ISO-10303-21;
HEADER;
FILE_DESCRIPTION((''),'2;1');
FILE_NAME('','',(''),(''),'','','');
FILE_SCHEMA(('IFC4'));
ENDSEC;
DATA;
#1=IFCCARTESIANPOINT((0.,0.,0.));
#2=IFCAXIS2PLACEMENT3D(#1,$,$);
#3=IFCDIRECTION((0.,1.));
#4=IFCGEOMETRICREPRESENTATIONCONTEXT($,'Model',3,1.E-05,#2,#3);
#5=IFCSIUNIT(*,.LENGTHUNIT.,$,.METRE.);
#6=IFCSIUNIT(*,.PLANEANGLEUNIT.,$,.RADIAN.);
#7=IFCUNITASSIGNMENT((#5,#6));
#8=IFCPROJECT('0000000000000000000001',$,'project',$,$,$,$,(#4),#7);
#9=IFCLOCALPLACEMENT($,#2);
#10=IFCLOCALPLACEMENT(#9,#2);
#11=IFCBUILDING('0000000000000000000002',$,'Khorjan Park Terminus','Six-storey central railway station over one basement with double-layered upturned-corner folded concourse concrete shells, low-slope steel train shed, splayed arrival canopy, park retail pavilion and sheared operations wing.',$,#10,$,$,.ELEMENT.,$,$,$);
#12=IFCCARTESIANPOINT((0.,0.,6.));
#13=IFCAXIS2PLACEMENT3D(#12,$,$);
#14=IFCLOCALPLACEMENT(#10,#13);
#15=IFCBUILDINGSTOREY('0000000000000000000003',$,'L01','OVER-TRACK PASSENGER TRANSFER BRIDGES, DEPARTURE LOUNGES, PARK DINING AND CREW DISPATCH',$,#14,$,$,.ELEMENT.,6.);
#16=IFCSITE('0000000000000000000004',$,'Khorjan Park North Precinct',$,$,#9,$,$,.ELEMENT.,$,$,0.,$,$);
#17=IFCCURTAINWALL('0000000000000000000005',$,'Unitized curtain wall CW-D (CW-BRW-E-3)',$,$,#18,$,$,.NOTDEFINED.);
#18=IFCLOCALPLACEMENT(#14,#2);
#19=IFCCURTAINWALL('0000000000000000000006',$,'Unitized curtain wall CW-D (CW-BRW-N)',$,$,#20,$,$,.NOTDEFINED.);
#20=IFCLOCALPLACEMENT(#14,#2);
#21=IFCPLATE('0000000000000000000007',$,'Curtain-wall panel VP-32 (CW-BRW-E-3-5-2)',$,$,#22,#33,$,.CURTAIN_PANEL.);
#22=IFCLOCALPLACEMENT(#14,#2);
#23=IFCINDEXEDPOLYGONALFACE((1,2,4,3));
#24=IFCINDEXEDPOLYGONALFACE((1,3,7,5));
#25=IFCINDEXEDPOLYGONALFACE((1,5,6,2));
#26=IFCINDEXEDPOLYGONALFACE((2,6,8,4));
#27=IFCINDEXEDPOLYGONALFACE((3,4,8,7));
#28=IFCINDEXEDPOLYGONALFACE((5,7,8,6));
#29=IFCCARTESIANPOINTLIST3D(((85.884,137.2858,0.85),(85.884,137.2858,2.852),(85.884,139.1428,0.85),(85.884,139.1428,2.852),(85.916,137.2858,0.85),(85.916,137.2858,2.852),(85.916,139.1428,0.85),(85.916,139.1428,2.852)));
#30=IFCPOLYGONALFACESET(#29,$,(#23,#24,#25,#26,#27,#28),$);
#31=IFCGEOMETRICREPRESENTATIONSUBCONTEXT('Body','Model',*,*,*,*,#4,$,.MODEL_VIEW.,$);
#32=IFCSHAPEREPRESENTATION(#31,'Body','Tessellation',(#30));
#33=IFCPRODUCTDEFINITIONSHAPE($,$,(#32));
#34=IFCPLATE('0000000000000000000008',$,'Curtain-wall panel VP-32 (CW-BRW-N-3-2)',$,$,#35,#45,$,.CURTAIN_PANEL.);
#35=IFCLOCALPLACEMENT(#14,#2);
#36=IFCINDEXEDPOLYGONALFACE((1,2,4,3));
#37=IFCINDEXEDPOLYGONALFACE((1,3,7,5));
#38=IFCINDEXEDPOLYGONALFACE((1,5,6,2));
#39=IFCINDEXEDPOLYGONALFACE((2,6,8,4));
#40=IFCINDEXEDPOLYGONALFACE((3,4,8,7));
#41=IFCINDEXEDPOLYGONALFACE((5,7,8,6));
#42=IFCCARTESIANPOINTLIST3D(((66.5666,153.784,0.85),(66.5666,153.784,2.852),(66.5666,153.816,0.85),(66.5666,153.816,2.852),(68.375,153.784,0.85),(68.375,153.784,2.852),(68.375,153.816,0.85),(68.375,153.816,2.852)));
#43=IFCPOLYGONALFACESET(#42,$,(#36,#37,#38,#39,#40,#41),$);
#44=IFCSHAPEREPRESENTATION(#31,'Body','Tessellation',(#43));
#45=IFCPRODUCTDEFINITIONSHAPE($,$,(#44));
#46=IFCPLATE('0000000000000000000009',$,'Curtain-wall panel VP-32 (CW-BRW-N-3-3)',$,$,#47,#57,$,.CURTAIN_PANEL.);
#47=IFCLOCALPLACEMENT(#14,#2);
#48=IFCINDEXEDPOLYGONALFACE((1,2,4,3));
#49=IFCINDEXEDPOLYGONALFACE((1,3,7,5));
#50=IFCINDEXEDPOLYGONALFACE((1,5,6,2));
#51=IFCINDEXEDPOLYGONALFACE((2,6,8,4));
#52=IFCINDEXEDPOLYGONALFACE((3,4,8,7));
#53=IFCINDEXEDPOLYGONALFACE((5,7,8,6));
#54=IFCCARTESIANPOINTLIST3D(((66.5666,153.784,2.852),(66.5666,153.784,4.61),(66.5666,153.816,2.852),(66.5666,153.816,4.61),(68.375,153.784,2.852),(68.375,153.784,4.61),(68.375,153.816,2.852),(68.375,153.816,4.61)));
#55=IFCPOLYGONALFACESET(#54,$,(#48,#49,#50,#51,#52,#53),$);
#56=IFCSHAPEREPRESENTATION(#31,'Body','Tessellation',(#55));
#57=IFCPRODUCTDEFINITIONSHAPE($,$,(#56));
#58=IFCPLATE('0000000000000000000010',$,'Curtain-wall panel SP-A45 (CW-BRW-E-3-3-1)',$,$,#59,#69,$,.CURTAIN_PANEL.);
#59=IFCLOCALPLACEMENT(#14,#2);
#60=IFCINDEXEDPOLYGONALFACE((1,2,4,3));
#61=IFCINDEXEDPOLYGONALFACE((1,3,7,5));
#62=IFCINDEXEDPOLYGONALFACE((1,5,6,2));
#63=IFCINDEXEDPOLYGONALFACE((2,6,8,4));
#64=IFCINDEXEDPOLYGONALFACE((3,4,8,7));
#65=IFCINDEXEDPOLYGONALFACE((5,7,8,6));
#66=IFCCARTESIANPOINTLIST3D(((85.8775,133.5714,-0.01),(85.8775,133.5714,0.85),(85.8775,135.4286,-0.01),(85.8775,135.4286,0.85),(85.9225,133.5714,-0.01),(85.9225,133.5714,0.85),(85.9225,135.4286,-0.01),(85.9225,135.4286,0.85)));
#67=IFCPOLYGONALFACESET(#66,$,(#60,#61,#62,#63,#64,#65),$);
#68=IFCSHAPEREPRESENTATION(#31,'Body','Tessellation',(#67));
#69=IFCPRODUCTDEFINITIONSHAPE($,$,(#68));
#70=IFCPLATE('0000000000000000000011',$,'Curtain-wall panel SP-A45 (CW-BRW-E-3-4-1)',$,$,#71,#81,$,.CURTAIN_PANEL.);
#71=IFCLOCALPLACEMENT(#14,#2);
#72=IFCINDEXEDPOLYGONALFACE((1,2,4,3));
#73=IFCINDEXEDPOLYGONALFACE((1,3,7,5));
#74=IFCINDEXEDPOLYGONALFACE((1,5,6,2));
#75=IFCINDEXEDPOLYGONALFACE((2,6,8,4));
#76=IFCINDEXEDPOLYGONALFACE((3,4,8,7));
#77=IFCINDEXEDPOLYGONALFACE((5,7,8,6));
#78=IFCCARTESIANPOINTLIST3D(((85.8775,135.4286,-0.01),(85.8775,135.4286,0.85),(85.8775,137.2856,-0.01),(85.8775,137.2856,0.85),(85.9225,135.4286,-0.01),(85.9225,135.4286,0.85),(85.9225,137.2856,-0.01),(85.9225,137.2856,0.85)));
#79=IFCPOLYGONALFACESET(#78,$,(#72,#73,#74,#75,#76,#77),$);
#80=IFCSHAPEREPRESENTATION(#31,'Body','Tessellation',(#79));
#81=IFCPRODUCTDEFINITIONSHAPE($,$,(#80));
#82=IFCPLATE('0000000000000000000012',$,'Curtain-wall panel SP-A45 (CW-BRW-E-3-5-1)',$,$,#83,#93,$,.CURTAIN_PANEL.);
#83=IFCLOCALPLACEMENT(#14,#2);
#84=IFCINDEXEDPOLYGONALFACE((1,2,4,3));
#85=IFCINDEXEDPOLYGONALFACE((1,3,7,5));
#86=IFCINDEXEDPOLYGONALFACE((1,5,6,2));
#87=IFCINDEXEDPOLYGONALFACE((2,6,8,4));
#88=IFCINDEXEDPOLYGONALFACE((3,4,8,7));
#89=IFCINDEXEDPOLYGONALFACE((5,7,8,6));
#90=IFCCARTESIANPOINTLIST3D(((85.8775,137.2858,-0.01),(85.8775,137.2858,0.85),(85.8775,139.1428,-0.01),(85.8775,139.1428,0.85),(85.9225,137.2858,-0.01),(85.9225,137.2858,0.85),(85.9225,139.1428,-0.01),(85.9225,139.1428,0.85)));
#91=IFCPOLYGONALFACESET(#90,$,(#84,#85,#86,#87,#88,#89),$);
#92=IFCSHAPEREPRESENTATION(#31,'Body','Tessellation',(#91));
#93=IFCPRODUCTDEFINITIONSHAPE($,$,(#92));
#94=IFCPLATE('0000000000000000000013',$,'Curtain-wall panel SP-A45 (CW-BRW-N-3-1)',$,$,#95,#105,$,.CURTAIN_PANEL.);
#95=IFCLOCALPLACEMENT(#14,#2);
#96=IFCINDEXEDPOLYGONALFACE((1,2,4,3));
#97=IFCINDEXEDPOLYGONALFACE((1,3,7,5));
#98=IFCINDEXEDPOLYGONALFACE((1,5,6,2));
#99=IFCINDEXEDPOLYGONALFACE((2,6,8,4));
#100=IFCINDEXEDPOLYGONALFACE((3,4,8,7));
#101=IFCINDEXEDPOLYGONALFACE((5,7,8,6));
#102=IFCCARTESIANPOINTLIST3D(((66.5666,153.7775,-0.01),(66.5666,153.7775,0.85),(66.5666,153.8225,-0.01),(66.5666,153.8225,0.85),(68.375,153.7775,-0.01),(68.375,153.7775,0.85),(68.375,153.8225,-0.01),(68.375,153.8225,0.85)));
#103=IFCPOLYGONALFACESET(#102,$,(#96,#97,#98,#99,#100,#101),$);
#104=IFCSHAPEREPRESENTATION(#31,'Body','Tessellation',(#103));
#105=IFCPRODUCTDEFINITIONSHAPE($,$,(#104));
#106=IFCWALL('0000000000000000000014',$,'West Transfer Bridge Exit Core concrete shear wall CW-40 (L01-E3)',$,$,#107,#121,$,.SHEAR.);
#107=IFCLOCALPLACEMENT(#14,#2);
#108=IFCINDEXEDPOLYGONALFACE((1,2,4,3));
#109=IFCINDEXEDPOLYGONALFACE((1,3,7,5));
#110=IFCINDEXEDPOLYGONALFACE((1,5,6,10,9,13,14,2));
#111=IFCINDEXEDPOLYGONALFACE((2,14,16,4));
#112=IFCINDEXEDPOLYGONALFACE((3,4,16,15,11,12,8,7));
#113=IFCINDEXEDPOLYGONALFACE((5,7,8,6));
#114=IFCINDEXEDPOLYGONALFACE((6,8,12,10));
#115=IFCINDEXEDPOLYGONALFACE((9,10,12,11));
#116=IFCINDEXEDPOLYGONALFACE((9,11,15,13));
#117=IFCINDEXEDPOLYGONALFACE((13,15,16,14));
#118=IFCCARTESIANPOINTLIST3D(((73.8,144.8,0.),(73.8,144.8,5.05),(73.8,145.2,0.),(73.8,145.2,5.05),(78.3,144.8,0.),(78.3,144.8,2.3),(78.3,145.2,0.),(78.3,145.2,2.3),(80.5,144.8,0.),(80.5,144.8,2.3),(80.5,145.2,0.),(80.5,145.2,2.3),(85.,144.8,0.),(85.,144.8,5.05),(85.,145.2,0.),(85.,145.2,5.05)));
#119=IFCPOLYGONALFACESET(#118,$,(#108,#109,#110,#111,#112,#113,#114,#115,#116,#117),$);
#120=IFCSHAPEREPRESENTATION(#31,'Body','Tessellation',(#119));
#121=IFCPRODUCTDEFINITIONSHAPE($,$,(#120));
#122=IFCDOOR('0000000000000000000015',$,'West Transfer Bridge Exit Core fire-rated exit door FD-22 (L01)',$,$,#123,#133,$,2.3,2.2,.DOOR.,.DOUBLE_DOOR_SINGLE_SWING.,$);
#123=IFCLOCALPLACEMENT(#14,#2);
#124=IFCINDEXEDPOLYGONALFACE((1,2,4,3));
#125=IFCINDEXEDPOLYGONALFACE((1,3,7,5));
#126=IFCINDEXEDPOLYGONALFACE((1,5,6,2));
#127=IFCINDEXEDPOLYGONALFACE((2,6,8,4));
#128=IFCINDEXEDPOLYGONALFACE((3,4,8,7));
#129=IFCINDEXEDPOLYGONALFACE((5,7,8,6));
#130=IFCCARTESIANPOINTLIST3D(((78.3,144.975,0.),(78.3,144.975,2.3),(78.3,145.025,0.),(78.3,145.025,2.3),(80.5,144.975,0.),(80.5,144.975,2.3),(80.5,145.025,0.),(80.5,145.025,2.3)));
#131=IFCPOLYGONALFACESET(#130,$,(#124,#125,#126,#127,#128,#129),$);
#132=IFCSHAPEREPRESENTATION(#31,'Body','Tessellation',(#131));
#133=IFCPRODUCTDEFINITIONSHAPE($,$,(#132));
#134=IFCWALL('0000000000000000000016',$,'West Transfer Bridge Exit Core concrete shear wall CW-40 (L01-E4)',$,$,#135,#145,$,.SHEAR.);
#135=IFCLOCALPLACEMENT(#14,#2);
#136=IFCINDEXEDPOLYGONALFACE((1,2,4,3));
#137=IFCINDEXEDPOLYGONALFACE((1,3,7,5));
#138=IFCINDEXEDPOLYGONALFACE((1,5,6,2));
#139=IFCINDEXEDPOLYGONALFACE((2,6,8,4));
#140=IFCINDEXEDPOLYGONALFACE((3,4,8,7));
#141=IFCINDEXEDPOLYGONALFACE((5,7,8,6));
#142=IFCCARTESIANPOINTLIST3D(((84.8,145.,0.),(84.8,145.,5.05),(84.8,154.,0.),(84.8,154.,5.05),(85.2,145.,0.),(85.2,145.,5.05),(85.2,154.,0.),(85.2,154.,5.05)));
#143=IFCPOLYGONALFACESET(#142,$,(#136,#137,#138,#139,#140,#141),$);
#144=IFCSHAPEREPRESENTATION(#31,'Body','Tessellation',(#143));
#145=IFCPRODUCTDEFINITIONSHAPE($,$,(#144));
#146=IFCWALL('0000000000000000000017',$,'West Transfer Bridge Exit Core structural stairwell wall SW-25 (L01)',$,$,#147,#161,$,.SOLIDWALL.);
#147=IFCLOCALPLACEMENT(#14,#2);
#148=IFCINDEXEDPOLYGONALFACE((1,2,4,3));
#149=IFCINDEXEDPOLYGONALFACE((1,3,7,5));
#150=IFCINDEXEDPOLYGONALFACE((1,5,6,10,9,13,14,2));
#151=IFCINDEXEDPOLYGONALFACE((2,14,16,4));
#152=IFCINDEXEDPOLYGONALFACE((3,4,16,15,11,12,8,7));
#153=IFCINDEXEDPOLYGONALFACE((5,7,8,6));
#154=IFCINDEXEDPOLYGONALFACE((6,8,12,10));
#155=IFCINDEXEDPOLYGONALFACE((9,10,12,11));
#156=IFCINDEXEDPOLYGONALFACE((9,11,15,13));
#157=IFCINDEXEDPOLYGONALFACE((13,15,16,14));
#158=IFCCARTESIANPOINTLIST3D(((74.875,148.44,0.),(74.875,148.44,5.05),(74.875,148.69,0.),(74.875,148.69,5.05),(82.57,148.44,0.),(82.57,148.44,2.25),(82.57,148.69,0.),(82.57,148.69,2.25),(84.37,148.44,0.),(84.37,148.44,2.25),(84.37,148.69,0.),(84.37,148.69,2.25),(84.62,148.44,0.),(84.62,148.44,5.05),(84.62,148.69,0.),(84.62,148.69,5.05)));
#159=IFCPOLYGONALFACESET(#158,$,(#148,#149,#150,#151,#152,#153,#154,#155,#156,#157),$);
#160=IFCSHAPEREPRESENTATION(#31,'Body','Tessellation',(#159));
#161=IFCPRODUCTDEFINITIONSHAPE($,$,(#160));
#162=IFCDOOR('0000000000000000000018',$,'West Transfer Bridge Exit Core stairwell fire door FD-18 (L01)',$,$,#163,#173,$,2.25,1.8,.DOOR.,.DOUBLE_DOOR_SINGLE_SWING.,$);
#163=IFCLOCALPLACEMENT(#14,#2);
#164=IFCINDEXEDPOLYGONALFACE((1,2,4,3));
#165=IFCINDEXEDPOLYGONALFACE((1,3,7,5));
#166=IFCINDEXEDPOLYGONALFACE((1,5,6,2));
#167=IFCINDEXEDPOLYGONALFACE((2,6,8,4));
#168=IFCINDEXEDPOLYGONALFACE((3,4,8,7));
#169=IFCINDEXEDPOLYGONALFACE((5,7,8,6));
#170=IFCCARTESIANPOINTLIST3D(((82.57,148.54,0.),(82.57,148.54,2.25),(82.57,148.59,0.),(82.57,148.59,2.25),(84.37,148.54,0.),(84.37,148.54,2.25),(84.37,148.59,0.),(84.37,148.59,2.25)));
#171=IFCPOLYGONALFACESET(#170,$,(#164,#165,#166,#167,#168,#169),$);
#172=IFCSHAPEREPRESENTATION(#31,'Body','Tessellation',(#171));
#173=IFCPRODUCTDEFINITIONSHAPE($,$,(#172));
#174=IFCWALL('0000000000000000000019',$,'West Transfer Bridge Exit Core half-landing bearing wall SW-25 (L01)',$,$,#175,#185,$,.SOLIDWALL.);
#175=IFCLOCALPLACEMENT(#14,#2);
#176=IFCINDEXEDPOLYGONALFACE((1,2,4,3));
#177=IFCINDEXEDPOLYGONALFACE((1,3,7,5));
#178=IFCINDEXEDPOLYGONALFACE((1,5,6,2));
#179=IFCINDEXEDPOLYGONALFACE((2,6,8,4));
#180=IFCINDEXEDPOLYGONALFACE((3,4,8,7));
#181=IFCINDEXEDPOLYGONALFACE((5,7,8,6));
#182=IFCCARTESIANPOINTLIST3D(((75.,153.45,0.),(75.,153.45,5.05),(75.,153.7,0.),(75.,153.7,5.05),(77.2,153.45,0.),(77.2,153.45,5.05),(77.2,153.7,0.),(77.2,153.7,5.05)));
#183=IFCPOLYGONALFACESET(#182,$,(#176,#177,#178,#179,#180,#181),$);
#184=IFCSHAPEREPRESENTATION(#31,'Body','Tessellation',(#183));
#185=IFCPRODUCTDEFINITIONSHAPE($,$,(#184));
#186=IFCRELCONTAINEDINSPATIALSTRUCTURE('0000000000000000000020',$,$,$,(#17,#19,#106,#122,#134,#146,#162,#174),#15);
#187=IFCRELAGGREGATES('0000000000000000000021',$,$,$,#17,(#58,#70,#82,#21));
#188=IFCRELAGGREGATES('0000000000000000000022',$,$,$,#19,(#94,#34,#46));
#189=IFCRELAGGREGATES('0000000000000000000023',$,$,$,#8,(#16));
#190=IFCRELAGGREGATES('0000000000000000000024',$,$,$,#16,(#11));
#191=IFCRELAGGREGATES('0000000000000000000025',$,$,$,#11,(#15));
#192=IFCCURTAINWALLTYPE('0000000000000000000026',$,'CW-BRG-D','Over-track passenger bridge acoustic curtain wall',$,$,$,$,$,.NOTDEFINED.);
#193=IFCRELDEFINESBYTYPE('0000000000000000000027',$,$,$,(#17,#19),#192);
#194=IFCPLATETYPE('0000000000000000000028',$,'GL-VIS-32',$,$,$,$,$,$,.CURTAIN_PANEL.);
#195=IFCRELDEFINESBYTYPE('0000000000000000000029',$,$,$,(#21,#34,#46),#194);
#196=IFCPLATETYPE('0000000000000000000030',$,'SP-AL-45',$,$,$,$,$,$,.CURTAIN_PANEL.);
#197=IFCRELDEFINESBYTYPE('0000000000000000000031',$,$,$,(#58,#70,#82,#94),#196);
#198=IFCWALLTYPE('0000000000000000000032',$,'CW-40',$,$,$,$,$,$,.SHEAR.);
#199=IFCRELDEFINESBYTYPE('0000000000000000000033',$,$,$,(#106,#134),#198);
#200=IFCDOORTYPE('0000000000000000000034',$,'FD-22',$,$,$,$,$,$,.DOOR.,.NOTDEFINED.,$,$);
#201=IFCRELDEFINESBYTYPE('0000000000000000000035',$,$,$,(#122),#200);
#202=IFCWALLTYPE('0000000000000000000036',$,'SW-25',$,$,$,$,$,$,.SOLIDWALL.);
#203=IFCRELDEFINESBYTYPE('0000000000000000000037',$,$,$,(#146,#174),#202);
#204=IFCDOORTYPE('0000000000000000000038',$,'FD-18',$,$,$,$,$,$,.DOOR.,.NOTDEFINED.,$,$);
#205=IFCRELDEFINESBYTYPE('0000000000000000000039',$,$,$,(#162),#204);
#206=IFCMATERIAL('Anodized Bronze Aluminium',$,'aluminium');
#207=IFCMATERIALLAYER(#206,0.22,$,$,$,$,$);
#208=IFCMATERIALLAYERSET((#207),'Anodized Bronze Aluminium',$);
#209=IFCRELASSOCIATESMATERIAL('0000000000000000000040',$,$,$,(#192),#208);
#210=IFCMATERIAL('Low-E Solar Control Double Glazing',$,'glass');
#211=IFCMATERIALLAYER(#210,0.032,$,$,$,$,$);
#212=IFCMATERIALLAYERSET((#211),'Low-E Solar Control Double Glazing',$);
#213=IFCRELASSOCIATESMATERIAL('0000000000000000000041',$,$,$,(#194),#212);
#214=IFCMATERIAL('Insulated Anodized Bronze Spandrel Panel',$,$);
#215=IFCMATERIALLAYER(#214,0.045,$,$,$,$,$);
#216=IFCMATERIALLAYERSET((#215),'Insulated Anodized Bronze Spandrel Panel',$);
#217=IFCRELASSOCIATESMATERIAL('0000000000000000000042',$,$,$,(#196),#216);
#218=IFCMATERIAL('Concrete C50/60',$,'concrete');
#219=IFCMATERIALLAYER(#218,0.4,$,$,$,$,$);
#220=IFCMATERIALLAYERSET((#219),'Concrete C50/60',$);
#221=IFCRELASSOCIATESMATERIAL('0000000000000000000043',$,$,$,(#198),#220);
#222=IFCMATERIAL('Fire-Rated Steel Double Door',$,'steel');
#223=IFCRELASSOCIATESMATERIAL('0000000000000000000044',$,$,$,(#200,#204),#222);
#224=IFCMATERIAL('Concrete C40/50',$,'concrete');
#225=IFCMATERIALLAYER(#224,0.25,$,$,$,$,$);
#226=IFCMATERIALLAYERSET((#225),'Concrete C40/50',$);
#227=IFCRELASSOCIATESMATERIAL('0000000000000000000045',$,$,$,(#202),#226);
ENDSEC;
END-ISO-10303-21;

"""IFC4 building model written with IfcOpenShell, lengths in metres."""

from ifc_helpers import new_model, si_unit, direction, frame, frame_2d, origin, origin_2d, place, context, subcontext, project, spatial, rectangle, extrude, material, layer, layer_set, type_object, element, fill, aggregate, save


model = new_model("IFC4")

# Units and contexts
model_context = context("Model", 3, precision=1e-05, world=origin(), true_north=direction((0.0, 1.0)))
body_context = subcontext(model_context, "Body", "Model", "MODEL_VIEW")
ifc_project = project(units=[si_unit("LENGTHUNIT", "METRE"), si_unit("PLANEANGLEUNIT", "RADIAN")], contexts=[model_context])

# Site, building, storey
site_placement = place(None, origin())
site = spatial("IfcSite", under=ifc_project, at=site_placement, Name="Khorjan Park North Precinct", CompositionType="ELEMENT", RefElevation=0.0)
building_placement = place(site_placement, origin())
building = spatial("IfcBuilding", under=site, at=building_placement, Name="Khorjan Park Terminus", Description="Six-storey central railway station over one basement with double-layered upturned-corner folded concourse concrete shells, low-slope steel train shed, splayed arrival canopy, park retail pavilion and sheared operations wing.", CompositionType="ELEMENT")
storey_placement = place(building_placement, frame((0.0, 0.0, 6.0)))
storey = spatial("IfcBuildingStorey", under=building, at=storey_placement, Name="L01", Description="OVER-TRACK PASSENGER TRANSFER BRIDGES, DEPARTURE LOUNGES, PARK DINING AND CREW DISPATCH", CompositionType="ELEMENT", Elevation=6.0)

# Curtain walls
ifc_material_1 = material(Name="Anodized Bronze Aluminium", Category="aluminium")
ifc_layer_1 = layer(ifc_material_1, 0.22)
ifc_layer_set_1 = layer_set([ifc_layer_1], Name="Anodized Bronze Aluminium")
curtain_wall_type = type_object("IfcCurtainWallType", Name="CW-BRG-D", Description="Over-track passenger bridge acoustic curtain wall", PredefinedType="NOTDEFINED", material=ifc_layer_set_1)
curtain_wall_1_placement = place(storey_placement, origin())
curtain_wall_1 = element("IfcCurtainWall", 1, at=curtain_wall_1_placement, inside=storey, type_object=curtain_wall_type, Name="Unitized curtain wall CW-D (CW-BRW-E-3)", PredefinedType="NOTDEFINED")
curtain_wall_2_placement = place(storey_placement, origin())
curtain_wall_2 = element("IfcCurtainWall", 2, at=curtain_wall_2_placement, inside=storey, type_object=curtain_wall_type, Name="Unitized curtain wall CW-D (CW-BRW-N)", PredefinedType="NOTDEFINED")

# Plates
ifc_material_2 = material(Name="Low-E Solar Control Double Glazing", Category="glass")
ifc_layer_2 = layer(ifc_material_2, 0.032)
ifc_layer_set_2 = layer_set([ifc_layer_2], Name="Low-E Solar Control Double Glazing")
plate_type_1 = type_object("IfcPlateType", Name="GL-VIS-32", PredefinedType="CURTAIN_PANEL", material=ifc_layer_set_2)
plate_1_placement = place(storey_placement, frame((85.9, 138.2143, 0.85), z_axis=(0.0, 0.0, 1.0), x_axis=(0.0, 1.0, 0.0)))
plate_1 = element("IfcPlate", 3, at=plate_1_placement, type_object=plate_type_1, Name="Curtain-wall panel VP-32 (CW-BRW-E-3-5-2)", PredefinedType="CURTAIN_PANEL", context=body_context, shape_type="SweptSolid", body=[
    extrude(rectangle(XDim=1.8571, YDim=0.032, at=origin_2d()), origin(), (0.0, 0.0, 1.0), 2.002),
])
plate_2_placement = place(storey_placement, frame((67.4708, 153.8, 0.85), z_axis=(0.0, 0.0, 1.0), x_axis=(-1.0, 0.0, 0.0)))
plate_2 = element("IfcPlate", 4, at=plate_2_placement, type_object=plate_type_1, Name="Curtain-wall panel VP-32 (CW-BRW-N-3-2)", PredefinedType="CURTAIN_PANEL", context=body_context, shape_type="SweptSolid", body=[
    extrude(rectangle(XDim=1.8083, YDim=0.032, at=origin_2d()), origin(), (0.0, 0.0, 1.0), 2.002),
])
plate_3_placement = place(storey_placement, frame((67.4708, 153.8, 2.852), z_axis=(0.0, 0.0, 1.0), x_axis=(-1.0, 0.0, 0.0)))
plate_3 = element("IfcPlate", 5, at=plate_3_placement, type_object=plate_type_1, Name="Curtain-wall panel VP-32 (CW-BRW-N-3-3)", PredefinedType="CURTAIN_PANEL", context=body_context, shape_type="SweptSolid", body=[
    extrude(rectangle(XDim=1.8083, YDim=0.032, at=origin_2d()), origin(), (0.0, 0.0, 1.0), 1.758),
])
ifc_material_3 = material(Name="Insulated Anodized Bronze Spandrel Panel")
ifc_layer_3 = layer(ifc_material_3, 0.045)
ifc_layer_set_3 = layer_set([ifc_layer_3], Name="Insulated Anodized Bronze Spandrel Panel")
plate_type_2 = type_object("IfcPlateType", Name="SP-AL-45", PredefinedType="CURTAIN_PANEL", material=ifc_layer_set_3)
plate_4_placement = place(storey_placement, frame((85.9, 134.5, -0.01), z_axis=(0.0, 0.0, 1.0), x_axis=(0.0, 1.0, 0.0)))
plate_4 = element("IfcPlate", 6, at=plate_4_placement, type_object=plate_type_2, Name="Curtain-wall panel SP-A45 (CW-BRW-E-3-3-1)", PredefinedType="CURTAIN_PANEL", context=body_context, shape_type="SweptSolid", body=[
    extrude(rectangle(XDim=1.8571, YDim=0.045, at=origin_2d()), origin(), (0.0, 0.0, 1.0), 0.86),
])
plate_5_placement = place(storey_placement, frame((85.9, 136.3571, -0.01), z_axis=(0.0, 0.0, 1.0), x_axis=(0.0, 1.0, 0.0)))
plate_5 = element("IfcPlate", 7, at=plate_5_placement, type_object=plate_type_2, Name="Curtain-wall panel SP-A45 (CW-BRW-E-3-4-1)", PredefinedType="CURTAIN_PANEL", context=body_context, shape_type="SweptSolid", body=[
    extrude(rectangle(XDim=1.8571, YDim=0.045, at=origin_2d()), origin(), (0.0, 0.0, 1.0), 0.86),
])
plate_6_placement = place(storey_placement, frame((85.9, 138.2143, -0.01), z_axis=(0.0, 0.0, 1.0), x_axis=(0.0, 1.0, 0.0)))
plate_6 = element("IfcPlate", 8, at=plate_6_placement, type_object=plate_type_2, Name="Curtain-wall panel SP-A45 (CW-BRW-E-3-5-1)", PredefinedType="CURTAIN_PANEL", context=body_context, shape_type="SweptSolid", body=[
    extrude(rectangle(XDim=1.8571, YDim=0.045, at=origin_2d()), origin(), (0.0, 0.0, 1.0), 0.86),
])
aggregate(curtain_wall_1, [plate_4, plate_5, plate_6, plate_1])
plate_7_placement = place(storey_placement, frame((67.4708, 153.8, -0.01), z_axis=(0.0, 0.0, 1.0), x_axis=(-1.0, 0.0, 0.0)))
plate_7 = element("IfcPlate", 9, at=plate_7_placement, type_object=plate_type_2, Name="Curtain-wall panel SP-A45 (CW-BRW-N-3-1)", PredefinedType="CURTAIN_PANEL", context=body_context, shape_type="SweptSolid", body=[
    extrude(rectangle(XDim=1.8083, YDim=0.045, at=origin_2d()), origin(), (0.0, 0.0, 1.0), 0.86),
])
aggregate(curtain_wall_2, [plate_7, plate_2, plate_3])

# Wall, opening, door
ifc_material_4 = material(Name="Concrete C50/60", Category="concrete")
ifc_layer_4 = layer(ifc_material_4, 0.4)
ifc_layer_set_4 = layer_set([ifc_layer_4], Name="Concrete C50/60")
wall_type_1 = type_object("IfcWallType", Name="CW-40", PredefinedType="SHEAR", material=ifc_layer_set_4)
wall_1_placement = place(storey_placement, frame((73.8, 145.0, 0.0), z_axis=(0.0, 0.0, 1.0), x_axis=(1.0, 0.0, 0.0)))
wall_1 = element("IfcWall", 10, at=wall_1_placement, inside=storey, type_object=wall_type_1, Name="West Transfer Bridge Exit Core concrete shear wall CW-40 (L01-E3)", PredefinedType="SHEAR", context=body_context, shape_type="SweptSolid", body=[
    extrude(rectangle(XDim=11.2, YDim=0.4, at=frame_2d((5.6, 0.0))), origin(), (0.0, 0.0, 1.0), 5.05),
])
opening_1_placement = place(wall_1_placement, frame((4.5, 0.0, 0.0)))
opening_1 = element("IfcOpeningElement", 11, at=opening_1_placement, cuts=wall_1, PredefinedType="OPENING", context=body_context, shape_type="SweptSolid", body=[
    extrude(rectangle(XDim=2.2, YDim=2.3, at=frame_2d((1.1, 1.15))), frame((0.0, 0.21, 0.0), z_axis=(0.0, -1.0, 0.0), x_axis=(1.0, 0.0, 0.0)), (0.0, 0.0, 1.0), 0.42),
])
ifc_material_5 = material(Name="Fire-Rated Steel Double Door", Category="steel")
door_type_1 = type_object("IfcDoorType", Name="FD-22", OperationType="NOTDEFINED", PredefinedType="DOOR", material=ifc_material_5)
door_1_placement = place(opening_1_placement, origin())
door_1 = element("IfcDoor", 12, at=door_1_placement, inside=storey, type_object=door_type_1, Name="West Transfer Bridge Exit Core fire-rated exit door FD-22 (L01)", OperationType="DOUBLE_DOOR_SINGLE_SWING", OverallHeight=2.3, OverallWidth=2.2, PredefinedType="DOOR", context=body_context, shape_type="SweptSolid", body=[
    extrude(rectangle(XDim=2.2, YDim=2.3, at=frame_2d((1.1, 1.15))), frame((0.0, 0.025, 0.0), z_axis=(0.0, -1.0, 0.0), x_axis=(1.0, 0.0, 0.0)), (0.0, 0.0, 1.0), 0.05),
])
fill(opening_1, door_1)

# Wall
wall_2_placement = place(storey_placement, frame((85.0, 145.0, 0.0), z_axis=(0.0, 0.0, 1.0), x_axis=(0.0, 1.0, 0.0)))
element("IfcWall", 13, at=wall_2_placement, inside=storey, type_object=wall_type_1, Name="West Transfer Bridge Exit Core concrete shear wall CW-40 (L01-E4)", PredefinedType="SHEAR", context=body_context, shape_type="SweptSolid", body=[
    extrude(rectangle(XDim=9.0, YDim=0.4, at=frame_2d((4.5, 0.0))), origin(), (0.0, 0.0, 1.0), 5.05),
])

# Wall, opening, door
ifc_material_6 = material(Name="Concrete C40/50", Category="concrete")
ifc_layer_5 = layer(ifc_material_6, 0.25)
ifc_layer_set_5 = layer_set([ifc_layer_5], Name="Concrete C40/50")
wall_type_2 = type_object("IfcWallType", Name="SW-25", PredefinedType="SOLIDWALL", material=ifc_layer_set_5)
wall_3_placement = place(storey_placement, frame((84.62, 148.565, 0.0), z_axis=(0.0, 0.0, 1.0), x_axis=(-1.0, 0.0, 0.0)))
wall_3 = element("IfcWall", 14, at=wall_3_placement, inside=storey, type_object=wall_type_2, Name="West Transfer Bridge Exit Core structural stairwell wall SW-25 (L01)", PredefinedType="SOLIDWALL", context=body_context, shape_type="SweptSolid", body=[
    extrude(rectangle(XDim=9.745, YDim=0.25, at=frame_2d((4.8725, 0.0))), origin(), (0.0, 0.0, 1.0), 5.05),
])
opening_2_placement = place(wall_3_placement, frame((0.25, 0.0, 0.0)))
opening_2 = element("IfcOpeningElement", 15, at=opening_2_placement, cuts=wall_3, PredefinedType="OPENING", context=body_context, shape_type="SweptSolid", body=[
    extrude(rectangle(XDim=1.8, YDim=2.25, at=frame_2d((0.9, 1.125))), frame((0.0, 0.135, 0.0), z_axis=(0.0, -1.0, 0.0), x_axis=(1.0, 0.0, 0.0)), (0.0, 0.0, 1.0), 0.27),
])
door_type_2 = type_object("IfcDoorType", Name="FD-18", OperationType="NOTDEFINED", PredefinedType="DOOR", material=ifc_material_5)
door_2_placement = place(opening_2_placement, origin())
door_2 = element("IfcDoor", 16, at=door_2_placement, inside=storey, type_object=door_type_2, Name="West Transfer Bridge Exit Core stairwell fire door FD-18 (L01)", OperationType="DOUBLE_DOOR_SINGLE_SWING", OverallHeight=2.25, OverallWidth=1.8, PredefinedType="DOOR", context=body_context, shape_type="SweptSolid", body=[
    extrude(rectangle(XDim=1.8, YDim=2.25, at=frame_2d((0.9, 1.125))), frame((0.0, 0.025, 0.0), z_axis=(0.0, -1.0, 0.0), x_axis=(1.0, 0.0, 0.0)), (0.0, 0.0, 1.0), 0.05),
])
fill(opening_2, door_2)

# Wall
wall_4_placement = place(storey_placement, frame((77.2, 153.575, 0.0), z_axis=(0.0, 0.0, 1.0), x_axis=(-1.0, 0.0, 0.0)))
element("IfcWall", 17, at=wall_4_placement, inside=storey, type_object=wall_type_2, Name="West Transfer Bridge Exit Core half-landing bearing wall SW-25 (L01)", PredefinedType="SOLIDWALL", context=body_context, shape_type="SweptSolid", body=[
    extrude(rectangle(XDim=2.2, YDim=0.25, at=frame_2d((1.1, 0.0))), origin(), (0.0, 0.0, 1.0), 5.05),
])

save(model, "model.ifc")
